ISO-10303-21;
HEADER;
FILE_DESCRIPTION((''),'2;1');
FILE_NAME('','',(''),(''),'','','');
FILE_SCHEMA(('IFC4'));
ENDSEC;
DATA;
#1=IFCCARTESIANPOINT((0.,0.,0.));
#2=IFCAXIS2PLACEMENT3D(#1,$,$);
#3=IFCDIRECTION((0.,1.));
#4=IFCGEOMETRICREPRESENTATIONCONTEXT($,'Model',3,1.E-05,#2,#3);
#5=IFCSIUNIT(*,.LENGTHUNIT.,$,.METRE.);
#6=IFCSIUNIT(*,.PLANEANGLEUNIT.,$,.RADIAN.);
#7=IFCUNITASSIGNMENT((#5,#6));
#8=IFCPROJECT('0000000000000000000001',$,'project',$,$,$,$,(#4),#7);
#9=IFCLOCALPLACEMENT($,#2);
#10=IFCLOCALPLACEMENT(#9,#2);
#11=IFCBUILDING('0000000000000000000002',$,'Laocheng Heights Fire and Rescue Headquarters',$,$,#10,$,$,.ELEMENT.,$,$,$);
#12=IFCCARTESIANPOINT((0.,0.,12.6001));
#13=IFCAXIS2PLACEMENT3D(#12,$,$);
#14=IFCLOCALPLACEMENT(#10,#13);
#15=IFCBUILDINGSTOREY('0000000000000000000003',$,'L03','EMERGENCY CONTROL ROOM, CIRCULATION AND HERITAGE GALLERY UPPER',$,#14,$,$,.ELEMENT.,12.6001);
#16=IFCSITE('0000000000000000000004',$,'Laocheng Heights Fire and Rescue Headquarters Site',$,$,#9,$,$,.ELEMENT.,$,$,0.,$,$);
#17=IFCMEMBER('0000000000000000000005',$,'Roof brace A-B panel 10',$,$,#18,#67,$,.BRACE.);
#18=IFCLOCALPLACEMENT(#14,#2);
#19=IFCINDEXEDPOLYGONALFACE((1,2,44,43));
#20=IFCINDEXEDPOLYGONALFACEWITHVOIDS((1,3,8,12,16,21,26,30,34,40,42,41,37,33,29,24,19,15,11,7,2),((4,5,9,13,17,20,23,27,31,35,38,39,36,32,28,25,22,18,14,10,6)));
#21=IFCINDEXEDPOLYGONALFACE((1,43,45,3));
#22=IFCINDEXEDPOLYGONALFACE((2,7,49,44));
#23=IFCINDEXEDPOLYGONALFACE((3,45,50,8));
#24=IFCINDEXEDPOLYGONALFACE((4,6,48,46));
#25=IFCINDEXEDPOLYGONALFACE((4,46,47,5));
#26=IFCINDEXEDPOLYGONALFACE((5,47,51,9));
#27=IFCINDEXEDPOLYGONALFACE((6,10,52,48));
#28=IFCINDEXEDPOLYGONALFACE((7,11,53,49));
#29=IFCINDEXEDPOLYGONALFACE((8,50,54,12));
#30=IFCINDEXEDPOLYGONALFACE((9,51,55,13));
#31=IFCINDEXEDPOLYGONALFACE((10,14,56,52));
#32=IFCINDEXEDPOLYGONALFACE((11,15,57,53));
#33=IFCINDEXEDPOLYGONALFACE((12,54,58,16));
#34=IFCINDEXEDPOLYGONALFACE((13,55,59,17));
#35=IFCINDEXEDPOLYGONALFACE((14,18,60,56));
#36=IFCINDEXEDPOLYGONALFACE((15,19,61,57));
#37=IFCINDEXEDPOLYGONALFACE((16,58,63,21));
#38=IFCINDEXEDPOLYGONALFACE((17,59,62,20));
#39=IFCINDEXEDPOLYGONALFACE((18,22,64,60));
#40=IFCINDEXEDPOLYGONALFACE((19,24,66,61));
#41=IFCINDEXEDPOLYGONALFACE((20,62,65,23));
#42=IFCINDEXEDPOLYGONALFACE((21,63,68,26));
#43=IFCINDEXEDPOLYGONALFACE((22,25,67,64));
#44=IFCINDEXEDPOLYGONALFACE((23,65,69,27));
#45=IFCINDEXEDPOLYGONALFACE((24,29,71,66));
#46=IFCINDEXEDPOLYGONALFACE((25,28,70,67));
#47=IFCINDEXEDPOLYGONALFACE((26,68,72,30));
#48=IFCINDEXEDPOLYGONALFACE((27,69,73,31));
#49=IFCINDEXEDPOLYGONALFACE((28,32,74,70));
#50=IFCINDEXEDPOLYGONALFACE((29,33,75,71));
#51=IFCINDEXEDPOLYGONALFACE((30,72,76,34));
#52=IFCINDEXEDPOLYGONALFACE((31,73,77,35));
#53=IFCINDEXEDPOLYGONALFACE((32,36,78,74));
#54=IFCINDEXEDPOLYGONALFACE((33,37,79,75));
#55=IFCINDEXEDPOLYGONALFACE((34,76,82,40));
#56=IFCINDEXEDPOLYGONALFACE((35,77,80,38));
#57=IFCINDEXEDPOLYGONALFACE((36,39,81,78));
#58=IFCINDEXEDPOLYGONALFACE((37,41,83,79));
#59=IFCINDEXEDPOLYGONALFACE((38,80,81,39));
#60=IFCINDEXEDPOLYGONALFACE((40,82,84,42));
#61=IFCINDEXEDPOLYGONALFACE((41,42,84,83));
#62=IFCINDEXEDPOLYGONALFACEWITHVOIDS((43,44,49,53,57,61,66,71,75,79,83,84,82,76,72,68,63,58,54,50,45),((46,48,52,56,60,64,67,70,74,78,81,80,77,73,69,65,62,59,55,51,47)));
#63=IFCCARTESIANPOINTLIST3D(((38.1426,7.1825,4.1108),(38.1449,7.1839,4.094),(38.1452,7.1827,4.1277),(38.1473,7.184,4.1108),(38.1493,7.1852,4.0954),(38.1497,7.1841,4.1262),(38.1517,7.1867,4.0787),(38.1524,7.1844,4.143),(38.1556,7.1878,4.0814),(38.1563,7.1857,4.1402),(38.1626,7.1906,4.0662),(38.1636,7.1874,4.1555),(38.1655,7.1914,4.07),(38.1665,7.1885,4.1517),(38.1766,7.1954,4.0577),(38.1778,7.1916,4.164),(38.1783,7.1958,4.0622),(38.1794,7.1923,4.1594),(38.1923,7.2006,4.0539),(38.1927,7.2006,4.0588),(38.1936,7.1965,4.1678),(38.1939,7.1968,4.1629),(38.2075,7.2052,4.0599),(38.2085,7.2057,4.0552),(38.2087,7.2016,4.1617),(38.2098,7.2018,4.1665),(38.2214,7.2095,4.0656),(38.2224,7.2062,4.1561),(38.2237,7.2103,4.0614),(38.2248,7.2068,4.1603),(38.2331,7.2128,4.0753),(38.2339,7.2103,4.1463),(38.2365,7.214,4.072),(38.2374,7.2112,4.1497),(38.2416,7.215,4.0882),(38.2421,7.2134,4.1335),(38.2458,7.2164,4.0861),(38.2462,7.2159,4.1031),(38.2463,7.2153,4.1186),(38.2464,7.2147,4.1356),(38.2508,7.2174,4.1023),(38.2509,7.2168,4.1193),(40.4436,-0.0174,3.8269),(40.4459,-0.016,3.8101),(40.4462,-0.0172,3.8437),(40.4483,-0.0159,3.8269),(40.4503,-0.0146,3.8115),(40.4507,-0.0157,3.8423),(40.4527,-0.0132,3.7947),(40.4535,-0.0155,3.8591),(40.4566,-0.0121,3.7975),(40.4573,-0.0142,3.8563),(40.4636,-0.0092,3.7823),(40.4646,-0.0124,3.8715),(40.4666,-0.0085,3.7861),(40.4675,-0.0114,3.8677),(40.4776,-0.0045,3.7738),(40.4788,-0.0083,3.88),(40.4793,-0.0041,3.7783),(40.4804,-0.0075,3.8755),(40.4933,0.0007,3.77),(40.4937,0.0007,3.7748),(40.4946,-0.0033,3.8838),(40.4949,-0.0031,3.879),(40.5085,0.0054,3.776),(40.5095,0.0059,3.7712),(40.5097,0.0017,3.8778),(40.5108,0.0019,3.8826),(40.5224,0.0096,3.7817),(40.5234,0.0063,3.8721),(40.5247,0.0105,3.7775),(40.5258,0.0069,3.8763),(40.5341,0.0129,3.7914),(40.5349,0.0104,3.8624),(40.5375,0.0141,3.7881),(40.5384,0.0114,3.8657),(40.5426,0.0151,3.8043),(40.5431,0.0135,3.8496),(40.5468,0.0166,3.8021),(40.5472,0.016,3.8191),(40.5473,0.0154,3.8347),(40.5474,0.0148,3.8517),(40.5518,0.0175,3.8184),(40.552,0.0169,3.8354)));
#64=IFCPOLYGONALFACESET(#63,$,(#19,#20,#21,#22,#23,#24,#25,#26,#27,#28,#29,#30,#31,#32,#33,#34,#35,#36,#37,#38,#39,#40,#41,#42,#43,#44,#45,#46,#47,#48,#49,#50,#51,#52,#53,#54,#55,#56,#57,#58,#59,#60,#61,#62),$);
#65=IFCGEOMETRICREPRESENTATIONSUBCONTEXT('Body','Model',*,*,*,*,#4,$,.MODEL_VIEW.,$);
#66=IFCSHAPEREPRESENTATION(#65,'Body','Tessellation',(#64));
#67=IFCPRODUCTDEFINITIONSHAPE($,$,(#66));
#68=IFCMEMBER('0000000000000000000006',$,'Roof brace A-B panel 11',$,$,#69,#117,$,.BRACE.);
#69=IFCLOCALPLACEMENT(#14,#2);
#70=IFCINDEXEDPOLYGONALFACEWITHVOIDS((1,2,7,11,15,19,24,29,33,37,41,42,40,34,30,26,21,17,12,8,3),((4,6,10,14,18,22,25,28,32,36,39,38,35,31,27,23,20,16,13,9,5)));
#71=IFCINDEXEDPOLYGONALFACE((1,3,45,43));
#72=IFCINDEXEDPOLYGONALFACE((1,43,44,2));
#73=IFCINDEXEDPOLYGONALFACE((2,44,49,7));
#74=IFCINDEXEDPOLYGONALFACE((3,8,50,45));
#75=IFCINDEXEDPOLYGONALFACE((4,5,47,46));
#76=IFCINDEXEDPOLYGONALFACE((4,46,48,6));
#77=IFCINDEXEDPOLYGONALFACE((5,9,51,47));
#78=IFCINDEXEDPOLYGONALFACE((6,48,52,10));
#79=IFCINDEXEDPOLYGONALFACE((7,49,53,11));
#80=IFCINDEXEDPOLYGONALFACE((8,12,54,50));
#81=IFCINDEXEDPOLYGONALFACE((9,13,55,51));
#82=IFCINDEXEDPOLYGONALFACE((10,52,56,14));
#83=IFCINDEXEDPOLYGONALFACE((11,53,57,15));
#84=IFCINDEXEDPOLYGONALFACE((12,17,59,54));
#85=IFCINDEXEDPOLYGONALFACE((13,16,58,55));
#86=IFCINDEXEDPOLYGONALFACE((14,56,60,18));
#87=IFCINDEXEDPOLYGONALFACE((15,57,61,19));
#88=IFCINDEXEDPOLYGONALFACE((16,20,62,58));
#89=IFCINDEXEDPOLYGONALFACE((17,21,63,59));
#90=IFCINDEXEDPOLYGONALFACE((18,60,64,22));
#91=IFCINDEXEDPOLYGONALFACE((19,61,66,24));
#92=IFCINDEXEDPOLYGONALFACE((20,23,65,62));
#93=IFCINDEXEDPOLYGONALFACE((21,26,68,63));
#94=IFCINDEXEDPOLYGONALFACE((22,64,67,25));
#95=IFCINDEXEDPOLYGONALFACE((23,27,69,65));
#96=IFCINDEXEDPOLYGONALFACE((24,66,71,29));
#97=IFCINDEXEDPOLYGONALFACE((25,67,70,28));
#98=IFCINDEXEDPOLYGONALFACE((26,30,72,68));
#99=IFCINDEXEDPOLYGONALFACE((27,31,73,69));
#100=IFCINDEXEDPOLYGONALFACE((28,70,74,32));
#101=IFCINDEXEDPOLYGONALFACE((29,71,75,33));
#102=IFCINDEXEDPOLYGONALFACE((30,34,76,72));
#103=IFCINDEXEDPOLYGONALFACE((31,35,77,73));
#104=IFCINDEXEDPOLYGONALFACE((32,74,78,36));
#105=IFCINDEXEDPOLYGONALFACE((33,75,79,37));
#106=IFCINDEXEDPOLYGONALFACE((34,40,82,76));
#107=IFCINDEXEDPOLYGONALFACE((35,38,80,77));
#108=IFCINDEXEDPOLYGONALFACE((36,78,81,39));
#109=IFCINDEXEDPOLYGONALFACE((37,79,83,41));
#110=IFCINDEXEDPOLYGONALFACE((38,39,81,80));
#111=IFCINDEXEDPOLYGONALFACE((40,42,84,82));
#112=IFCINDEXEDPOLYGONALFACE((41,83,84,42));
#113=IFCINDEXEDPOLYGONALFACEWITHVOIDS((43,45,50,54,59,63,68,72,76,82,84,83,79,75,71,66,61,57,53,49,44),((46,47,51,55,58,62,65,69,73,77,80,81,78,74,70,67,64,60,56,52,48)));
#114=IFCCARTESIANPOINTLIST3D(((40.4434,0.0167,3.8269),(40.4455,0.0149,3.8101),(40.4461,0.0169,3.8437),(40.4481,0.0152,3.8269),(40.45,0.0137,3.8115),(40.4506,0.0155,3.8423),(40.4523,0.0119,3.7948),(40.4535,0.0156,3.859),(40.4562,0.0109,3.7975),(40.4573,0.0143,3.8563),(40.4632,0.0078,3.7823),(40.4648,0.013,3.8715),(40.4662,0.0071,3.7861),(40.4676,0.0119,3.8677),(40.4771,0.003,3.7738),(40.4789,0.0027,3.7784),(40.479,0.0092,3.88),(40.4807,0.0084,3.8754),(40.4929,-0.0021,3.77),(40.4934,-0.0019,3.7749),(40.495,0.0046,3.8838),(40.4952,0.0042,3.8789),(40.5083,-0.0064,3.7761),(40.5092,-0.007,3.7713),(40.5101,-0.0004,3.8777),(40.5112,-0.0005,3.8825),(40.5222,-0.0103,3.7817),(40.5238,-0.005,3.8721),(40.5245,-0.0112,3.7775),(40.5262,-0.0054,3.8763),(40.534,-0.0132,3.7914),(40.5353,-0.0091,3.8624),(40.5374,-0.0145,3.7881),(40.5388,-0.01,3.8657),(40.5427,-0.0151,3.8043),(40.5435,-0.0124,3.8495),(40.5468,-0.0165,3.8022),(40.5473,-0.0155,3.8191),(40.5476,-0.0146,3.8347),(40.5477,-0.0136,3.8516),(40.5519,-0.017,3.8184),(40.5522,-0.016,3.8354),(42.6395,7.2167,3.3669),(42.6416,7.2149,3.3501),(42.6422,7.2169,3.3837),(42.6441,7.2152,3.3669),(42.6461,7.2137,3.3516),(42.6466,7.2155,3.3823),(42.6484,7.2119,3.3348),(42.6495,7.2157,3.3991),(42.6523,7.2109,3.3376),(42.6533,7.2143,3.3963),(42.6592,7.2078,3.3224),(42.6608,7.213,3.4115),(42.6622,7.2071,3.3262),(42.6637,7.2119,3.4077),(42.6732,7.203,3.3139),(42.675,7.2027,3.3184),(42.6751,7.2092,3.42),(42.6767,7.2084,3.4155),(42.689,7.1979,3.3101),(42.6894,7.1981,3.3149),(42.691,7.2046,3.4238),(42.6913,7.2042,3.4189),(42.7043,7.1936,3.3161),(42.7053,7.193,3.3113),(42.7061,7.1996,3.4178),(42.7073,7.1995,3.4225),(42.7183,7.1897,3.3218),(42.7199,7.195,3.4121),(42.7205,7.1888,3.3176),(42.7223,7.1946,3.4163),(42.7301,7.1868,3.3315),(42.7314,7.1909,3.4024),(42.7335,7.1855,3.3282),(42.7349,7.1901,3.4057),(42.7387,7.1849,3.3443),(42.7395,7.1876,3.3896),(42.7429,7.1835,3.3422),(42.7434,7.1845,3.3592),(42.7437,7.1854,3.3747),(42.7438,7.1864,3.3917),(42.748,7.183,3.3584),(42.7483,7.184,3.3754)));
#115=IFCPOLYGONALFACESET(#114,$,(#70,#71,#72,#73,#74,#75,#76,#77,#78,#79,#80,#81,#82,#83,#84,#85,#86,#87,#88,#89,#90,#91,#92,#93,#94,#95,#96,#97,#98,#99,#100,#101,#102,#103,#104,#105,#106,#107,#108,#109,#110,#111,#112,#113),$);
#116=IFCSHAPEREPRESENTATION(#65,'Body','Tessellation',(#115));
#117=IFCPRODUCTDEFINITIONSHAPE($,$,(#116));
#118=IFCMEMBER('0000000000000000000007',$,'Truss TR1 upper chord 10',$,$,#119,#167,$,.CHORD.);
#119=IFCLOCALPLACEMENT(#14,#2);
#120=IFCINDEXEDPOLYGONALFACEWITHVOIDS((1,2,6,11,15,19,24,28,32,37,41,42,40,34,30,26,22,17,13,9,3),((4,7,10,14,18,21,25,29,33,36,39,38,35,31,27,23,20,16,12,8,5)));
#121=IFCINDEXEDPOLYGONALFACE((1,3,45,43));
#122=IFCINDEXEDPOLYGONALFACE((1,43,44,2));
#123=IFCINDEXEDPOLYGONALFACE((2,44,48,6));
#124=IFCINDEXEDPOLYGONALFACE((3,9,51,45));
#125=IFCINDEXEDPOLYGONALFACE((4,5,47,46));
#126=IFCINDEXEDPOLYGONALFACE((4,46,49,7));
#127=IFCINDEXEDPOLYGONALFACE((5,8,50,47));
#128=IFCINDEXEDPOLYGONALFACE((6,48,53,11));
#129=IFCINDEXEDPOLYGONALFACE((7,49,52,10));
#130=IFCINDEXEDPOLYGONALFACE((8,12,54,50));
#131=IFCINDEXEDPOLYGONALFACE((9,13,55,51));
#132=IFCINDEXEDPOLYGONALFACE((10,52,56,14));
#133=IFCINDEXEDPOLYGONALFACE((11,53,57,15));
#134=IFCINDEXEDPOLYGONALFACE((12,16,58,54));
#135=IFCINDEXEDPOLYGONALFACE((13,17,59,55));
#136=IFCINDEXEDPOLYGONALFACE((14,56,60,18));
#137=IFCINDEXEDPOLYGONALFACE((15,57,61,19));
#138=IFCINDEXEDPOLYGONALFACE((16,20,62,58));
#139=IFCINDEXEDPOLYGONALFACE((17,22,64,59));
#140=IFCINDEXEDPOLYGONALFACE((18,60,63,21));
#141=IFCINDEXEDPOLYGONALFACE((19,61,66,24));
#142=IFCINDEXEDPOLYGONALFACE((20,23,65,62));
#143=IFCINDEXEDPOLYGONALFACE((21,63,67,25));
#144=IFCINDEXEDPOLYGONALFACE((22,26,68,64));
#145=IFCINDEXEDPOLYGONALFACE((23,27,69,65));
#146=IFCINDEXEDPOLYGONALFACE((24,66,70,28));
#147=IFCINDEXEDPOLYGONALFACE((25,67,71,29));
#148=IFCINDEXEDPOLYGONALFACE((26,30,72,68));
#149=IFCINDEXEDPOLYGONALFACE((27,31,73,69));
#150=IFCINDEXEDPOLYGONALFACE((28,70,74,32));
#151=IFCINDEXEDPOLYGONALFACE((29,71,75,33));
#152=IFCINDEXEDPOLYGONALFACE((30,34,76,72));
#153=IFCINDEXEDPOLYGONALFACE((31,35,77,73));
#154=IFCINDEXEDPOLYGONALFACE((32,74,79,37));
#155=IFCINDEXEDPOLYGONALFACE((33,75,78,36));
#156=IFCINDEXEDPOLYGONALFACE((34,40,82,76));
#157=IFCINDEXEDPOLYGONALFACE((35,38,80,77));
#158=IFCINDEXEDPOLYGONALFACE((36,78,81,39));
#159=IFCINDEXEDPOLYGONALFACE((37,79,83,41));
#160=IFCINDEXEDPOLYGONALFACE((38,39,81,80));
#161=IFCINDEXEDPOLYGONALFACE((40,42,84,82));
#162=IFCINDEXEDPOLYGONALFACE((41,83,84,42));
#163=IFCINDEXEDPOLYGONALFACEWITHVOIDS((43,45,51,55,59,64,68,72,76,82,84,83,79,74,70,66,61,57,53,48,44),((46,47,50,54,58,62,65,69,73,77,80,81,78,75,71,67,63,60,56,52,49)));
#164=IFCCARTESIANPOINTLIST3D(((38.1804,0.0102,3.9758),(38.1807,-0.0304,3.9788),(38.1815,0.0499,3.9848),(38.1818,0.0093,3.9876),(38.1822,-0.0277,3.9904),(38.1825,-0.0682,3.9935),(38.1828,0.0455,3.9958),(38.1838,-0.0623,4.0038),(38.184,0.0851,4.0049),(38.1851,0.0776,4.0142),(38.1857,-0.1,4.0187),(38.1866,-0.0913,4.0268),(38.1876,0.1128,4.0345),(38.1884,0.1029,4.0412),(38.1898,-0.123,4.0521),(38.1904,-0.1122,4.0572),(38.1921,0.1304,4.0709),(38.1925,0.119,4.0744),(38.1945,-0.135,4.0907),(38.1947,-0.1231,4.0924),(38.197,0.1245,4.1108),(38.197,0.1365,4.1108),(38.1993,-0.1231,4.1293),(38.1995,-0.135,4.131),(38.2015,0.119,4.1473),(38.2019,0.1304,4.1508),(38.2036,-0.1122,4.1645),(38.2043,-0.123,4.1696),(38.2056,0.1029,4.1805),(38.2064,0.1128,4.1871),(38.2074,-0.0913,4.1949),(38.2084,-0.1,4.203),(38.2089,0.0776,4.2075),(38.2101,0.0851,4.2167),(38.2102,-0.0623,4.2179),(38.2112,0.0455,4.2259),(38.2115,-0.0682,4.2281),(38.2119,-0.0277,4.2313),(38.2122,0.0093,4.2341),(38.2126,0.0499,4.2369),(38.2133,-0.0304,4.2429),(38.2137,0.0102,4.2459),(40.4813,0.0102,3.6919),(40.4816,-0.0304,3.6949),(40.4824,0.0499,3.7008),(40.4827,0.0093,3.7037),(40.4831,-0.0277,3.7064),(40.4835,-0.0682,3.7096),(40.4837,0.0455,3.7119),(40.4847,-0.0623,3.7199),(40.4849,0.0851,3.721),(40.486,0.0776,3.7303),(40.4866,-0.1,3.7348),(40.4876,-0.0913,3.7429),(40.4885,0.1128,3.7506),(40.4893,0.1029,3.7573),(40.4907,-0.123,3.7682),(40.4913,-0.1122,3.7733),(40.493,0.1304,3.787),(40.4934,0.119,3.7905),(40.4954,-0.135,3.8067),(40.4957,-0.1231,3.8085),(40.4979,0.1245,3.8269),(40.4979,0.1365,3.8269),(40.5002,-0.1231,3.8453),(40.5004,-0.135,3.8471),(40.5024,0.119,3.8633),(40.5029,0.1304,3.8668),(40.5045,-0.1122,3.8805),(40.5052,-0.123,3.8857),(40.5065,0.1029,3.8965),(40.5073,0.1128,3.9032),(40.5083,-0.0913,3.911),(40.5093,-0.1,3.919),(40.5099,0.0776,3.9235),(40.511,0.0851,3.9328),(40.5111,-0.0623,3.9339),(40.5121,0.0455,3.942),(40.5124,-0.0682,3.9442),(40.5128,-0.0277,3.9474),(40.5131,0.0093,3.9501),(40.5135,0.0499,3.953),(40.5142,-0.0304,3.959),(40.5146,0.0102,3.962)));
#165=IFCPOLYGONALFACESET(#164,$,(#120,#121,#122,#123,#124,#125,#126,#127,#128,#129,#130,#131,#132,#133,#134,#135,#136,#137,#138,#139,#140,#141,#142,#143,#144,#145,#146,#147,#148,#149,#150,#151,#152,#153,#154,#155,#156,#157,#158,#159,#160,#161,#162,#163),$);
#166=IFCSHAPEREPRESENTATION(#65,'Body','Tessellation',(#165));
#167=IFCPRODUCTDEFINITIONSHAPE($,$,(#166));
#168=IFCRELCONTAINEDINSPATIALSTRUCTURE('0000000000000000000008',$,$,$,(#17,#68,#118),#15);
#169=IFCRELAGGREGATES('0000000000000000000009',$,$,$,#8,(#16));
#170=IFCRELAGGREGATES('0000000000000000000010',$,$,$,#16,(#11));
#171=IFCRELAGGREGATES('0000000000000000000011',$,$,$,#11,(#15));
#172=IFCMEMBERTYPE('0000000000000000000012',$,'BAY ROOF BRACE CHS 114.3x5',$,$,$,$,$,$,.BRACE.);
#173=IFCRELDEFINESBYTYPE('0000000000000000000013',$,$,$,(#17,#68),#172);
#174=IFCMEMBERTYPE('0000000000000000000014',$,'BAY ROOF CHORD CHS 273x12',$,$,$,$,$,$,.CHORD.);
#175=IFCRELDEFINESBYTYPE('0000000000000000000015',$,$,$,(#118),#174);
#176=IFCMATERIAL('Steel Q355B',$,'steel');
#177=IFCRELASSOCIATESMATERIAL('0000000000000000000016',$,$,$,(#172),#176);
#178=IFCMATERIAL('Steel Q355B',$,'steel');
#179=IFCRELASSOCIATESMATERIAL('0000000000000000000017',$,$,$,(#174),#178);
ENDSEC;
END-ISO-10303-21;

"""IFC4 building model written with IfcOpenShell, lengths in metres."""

from ifc_helpers import new_model, si_unit, direction, frame, origin, origin_2d, place, context, subcontext, project, spatial, hollow_circle, extrude, material, material_profile, profile_set, type_object, element, save


model = new_model("IFC4")

# Units and contexts
model_context = context("Model", 3, precision=1e-05, world=origin(), true_north=direction((0.0, 1.0)))
body_context = subcontext(model_context, "Body", "Model", "MODEL_VIEW")
ifc_project = project(units=[si_unit("LENGTHUNIT", "METRE"), si_unit("PLANEANGLEUNIT", "RADIAN")], contexts=[model_context])

# Site, building, storey
site_placement = place(None, origin())
site = spatial("IfcSite", under=ifc_project, at=site_placement, Name="Laocheng Heights Fire and Rescue Headquarters Site", CompositionType="ELEMENT", RefElevation=0.0)
building_placement = place(site_placement, origin())
building = spatial("IfcBuilding", under=site, at=building_placement, Name="Laocheng Heights Fire and Rescue Headquarters", CompositionType="ELEMENT")
storey_placement = place(building_placement, frame((0.0, 0.0, 12.6001)))
storey = spatial("IfcBuildingStorey", under=building, at=storey_placement, Name="L03", Description="EMERGENCY CONTROL ROOM, CIRCULATION AND HERITAGE GALLERY UPPER", CompositionType="ELEMENT", Elevation=12.6001)

# Members
ifc_material_1 = material(Name="Steel Q355B", Category="steel")
ifc_material_profile_1 = material_profile(ifc_material_1, hollow_circle(Radius=0.0571, WallThickness=0.0049, at=origin_2d()), Name="CHS 114.3x5")
ifc_profile_set_1 = profile_set([ifc_material_profile_1], Name="Steel Q355B")
member_type_1 = type_object("IfcMemberType", Name="BAY ROOF BRACE CHS 114.3x5", PredefinedType="BRACE", material=ifc_profile_set_1)
member_1_placement = place(storey_placement, frame((40.498, 0.0, 3.8269), z_axis=(-0.304206, 0.951866, 0.037538), x_axis=(-0.952538, -0.304421, 0.0)))
element("IfcMember", 1, at=member_1_placement, inside=storey, type_object=member_type_1, Name="Roof brace A-B panel 10", PredefinedType="BRACE", context=body_context, shape_type="SweptSolid", body=[
    extrude(hollow_circle(Radius=0.0571, WallThickness=0.0049, at=origin_2d()), origin(), (0.0, 0.0, 1.0), 7.564),
])
member_2_placement = place(storey_placement, frame((40.498, 0.0, 3.8269), z_axis=(0.291197, 0.954717, -0.060991), x_axis=(-0.956498, 0.29174, 0.0)))
element("IfcMember", 2, at=member_2_placement, inside=storey, type_object=member_type_1, Name="Roof brace A-B panel 11", PredefinedType="BRACE", context=body_context, shape_type="SweptSolid", body=[
    extrude(hollow_circle(Radius=0.0571, WallThickness=0.0049, at=origin_2d()), origin(), (0.0, 0.0, 1.0), 7.5415),
])
ifc_material_2 = material(Name="Steel Q355B", Category="steel")
ifc_material_profile_2 = material_profile(ifc_material_2, hollow_circle(Radius=0.1365, WallThickness=0.012, at=origin_2d()), Name="CHS 273x12")
ifc_profile_set_2 = profile_set([ifc_material_profile_2], Name="Steel Q355B")
member_type_2 = type_object("IfcMemberType", Name="BAY ROOF CHORD CHS 273x12", PredefinedType="CHORD", material=ifc_profile_set_2)
member_3_placement = place(storey_placement, frame((38.197, 0.0, 4.1108), z_axis=(0.992473, 0.0, -0.122466), x_axis=(0.0, 1.0, 0.0)))
element("IfcMember", 3, at=member_3_placement, inside=storey, type_object=member_type_2, Name="Truss TR1 upper chord 10", PredefinedType="CHORD", context=body_context, shape_type="SweptSolid", body=[
    extrude(hollow_circle(Radius=0.1365, WallThickness=0.012, at=origin_2d()), origin(), (0.0, 0.0, 1.0), 2.3184),
])

save(model, "model.ifc")
